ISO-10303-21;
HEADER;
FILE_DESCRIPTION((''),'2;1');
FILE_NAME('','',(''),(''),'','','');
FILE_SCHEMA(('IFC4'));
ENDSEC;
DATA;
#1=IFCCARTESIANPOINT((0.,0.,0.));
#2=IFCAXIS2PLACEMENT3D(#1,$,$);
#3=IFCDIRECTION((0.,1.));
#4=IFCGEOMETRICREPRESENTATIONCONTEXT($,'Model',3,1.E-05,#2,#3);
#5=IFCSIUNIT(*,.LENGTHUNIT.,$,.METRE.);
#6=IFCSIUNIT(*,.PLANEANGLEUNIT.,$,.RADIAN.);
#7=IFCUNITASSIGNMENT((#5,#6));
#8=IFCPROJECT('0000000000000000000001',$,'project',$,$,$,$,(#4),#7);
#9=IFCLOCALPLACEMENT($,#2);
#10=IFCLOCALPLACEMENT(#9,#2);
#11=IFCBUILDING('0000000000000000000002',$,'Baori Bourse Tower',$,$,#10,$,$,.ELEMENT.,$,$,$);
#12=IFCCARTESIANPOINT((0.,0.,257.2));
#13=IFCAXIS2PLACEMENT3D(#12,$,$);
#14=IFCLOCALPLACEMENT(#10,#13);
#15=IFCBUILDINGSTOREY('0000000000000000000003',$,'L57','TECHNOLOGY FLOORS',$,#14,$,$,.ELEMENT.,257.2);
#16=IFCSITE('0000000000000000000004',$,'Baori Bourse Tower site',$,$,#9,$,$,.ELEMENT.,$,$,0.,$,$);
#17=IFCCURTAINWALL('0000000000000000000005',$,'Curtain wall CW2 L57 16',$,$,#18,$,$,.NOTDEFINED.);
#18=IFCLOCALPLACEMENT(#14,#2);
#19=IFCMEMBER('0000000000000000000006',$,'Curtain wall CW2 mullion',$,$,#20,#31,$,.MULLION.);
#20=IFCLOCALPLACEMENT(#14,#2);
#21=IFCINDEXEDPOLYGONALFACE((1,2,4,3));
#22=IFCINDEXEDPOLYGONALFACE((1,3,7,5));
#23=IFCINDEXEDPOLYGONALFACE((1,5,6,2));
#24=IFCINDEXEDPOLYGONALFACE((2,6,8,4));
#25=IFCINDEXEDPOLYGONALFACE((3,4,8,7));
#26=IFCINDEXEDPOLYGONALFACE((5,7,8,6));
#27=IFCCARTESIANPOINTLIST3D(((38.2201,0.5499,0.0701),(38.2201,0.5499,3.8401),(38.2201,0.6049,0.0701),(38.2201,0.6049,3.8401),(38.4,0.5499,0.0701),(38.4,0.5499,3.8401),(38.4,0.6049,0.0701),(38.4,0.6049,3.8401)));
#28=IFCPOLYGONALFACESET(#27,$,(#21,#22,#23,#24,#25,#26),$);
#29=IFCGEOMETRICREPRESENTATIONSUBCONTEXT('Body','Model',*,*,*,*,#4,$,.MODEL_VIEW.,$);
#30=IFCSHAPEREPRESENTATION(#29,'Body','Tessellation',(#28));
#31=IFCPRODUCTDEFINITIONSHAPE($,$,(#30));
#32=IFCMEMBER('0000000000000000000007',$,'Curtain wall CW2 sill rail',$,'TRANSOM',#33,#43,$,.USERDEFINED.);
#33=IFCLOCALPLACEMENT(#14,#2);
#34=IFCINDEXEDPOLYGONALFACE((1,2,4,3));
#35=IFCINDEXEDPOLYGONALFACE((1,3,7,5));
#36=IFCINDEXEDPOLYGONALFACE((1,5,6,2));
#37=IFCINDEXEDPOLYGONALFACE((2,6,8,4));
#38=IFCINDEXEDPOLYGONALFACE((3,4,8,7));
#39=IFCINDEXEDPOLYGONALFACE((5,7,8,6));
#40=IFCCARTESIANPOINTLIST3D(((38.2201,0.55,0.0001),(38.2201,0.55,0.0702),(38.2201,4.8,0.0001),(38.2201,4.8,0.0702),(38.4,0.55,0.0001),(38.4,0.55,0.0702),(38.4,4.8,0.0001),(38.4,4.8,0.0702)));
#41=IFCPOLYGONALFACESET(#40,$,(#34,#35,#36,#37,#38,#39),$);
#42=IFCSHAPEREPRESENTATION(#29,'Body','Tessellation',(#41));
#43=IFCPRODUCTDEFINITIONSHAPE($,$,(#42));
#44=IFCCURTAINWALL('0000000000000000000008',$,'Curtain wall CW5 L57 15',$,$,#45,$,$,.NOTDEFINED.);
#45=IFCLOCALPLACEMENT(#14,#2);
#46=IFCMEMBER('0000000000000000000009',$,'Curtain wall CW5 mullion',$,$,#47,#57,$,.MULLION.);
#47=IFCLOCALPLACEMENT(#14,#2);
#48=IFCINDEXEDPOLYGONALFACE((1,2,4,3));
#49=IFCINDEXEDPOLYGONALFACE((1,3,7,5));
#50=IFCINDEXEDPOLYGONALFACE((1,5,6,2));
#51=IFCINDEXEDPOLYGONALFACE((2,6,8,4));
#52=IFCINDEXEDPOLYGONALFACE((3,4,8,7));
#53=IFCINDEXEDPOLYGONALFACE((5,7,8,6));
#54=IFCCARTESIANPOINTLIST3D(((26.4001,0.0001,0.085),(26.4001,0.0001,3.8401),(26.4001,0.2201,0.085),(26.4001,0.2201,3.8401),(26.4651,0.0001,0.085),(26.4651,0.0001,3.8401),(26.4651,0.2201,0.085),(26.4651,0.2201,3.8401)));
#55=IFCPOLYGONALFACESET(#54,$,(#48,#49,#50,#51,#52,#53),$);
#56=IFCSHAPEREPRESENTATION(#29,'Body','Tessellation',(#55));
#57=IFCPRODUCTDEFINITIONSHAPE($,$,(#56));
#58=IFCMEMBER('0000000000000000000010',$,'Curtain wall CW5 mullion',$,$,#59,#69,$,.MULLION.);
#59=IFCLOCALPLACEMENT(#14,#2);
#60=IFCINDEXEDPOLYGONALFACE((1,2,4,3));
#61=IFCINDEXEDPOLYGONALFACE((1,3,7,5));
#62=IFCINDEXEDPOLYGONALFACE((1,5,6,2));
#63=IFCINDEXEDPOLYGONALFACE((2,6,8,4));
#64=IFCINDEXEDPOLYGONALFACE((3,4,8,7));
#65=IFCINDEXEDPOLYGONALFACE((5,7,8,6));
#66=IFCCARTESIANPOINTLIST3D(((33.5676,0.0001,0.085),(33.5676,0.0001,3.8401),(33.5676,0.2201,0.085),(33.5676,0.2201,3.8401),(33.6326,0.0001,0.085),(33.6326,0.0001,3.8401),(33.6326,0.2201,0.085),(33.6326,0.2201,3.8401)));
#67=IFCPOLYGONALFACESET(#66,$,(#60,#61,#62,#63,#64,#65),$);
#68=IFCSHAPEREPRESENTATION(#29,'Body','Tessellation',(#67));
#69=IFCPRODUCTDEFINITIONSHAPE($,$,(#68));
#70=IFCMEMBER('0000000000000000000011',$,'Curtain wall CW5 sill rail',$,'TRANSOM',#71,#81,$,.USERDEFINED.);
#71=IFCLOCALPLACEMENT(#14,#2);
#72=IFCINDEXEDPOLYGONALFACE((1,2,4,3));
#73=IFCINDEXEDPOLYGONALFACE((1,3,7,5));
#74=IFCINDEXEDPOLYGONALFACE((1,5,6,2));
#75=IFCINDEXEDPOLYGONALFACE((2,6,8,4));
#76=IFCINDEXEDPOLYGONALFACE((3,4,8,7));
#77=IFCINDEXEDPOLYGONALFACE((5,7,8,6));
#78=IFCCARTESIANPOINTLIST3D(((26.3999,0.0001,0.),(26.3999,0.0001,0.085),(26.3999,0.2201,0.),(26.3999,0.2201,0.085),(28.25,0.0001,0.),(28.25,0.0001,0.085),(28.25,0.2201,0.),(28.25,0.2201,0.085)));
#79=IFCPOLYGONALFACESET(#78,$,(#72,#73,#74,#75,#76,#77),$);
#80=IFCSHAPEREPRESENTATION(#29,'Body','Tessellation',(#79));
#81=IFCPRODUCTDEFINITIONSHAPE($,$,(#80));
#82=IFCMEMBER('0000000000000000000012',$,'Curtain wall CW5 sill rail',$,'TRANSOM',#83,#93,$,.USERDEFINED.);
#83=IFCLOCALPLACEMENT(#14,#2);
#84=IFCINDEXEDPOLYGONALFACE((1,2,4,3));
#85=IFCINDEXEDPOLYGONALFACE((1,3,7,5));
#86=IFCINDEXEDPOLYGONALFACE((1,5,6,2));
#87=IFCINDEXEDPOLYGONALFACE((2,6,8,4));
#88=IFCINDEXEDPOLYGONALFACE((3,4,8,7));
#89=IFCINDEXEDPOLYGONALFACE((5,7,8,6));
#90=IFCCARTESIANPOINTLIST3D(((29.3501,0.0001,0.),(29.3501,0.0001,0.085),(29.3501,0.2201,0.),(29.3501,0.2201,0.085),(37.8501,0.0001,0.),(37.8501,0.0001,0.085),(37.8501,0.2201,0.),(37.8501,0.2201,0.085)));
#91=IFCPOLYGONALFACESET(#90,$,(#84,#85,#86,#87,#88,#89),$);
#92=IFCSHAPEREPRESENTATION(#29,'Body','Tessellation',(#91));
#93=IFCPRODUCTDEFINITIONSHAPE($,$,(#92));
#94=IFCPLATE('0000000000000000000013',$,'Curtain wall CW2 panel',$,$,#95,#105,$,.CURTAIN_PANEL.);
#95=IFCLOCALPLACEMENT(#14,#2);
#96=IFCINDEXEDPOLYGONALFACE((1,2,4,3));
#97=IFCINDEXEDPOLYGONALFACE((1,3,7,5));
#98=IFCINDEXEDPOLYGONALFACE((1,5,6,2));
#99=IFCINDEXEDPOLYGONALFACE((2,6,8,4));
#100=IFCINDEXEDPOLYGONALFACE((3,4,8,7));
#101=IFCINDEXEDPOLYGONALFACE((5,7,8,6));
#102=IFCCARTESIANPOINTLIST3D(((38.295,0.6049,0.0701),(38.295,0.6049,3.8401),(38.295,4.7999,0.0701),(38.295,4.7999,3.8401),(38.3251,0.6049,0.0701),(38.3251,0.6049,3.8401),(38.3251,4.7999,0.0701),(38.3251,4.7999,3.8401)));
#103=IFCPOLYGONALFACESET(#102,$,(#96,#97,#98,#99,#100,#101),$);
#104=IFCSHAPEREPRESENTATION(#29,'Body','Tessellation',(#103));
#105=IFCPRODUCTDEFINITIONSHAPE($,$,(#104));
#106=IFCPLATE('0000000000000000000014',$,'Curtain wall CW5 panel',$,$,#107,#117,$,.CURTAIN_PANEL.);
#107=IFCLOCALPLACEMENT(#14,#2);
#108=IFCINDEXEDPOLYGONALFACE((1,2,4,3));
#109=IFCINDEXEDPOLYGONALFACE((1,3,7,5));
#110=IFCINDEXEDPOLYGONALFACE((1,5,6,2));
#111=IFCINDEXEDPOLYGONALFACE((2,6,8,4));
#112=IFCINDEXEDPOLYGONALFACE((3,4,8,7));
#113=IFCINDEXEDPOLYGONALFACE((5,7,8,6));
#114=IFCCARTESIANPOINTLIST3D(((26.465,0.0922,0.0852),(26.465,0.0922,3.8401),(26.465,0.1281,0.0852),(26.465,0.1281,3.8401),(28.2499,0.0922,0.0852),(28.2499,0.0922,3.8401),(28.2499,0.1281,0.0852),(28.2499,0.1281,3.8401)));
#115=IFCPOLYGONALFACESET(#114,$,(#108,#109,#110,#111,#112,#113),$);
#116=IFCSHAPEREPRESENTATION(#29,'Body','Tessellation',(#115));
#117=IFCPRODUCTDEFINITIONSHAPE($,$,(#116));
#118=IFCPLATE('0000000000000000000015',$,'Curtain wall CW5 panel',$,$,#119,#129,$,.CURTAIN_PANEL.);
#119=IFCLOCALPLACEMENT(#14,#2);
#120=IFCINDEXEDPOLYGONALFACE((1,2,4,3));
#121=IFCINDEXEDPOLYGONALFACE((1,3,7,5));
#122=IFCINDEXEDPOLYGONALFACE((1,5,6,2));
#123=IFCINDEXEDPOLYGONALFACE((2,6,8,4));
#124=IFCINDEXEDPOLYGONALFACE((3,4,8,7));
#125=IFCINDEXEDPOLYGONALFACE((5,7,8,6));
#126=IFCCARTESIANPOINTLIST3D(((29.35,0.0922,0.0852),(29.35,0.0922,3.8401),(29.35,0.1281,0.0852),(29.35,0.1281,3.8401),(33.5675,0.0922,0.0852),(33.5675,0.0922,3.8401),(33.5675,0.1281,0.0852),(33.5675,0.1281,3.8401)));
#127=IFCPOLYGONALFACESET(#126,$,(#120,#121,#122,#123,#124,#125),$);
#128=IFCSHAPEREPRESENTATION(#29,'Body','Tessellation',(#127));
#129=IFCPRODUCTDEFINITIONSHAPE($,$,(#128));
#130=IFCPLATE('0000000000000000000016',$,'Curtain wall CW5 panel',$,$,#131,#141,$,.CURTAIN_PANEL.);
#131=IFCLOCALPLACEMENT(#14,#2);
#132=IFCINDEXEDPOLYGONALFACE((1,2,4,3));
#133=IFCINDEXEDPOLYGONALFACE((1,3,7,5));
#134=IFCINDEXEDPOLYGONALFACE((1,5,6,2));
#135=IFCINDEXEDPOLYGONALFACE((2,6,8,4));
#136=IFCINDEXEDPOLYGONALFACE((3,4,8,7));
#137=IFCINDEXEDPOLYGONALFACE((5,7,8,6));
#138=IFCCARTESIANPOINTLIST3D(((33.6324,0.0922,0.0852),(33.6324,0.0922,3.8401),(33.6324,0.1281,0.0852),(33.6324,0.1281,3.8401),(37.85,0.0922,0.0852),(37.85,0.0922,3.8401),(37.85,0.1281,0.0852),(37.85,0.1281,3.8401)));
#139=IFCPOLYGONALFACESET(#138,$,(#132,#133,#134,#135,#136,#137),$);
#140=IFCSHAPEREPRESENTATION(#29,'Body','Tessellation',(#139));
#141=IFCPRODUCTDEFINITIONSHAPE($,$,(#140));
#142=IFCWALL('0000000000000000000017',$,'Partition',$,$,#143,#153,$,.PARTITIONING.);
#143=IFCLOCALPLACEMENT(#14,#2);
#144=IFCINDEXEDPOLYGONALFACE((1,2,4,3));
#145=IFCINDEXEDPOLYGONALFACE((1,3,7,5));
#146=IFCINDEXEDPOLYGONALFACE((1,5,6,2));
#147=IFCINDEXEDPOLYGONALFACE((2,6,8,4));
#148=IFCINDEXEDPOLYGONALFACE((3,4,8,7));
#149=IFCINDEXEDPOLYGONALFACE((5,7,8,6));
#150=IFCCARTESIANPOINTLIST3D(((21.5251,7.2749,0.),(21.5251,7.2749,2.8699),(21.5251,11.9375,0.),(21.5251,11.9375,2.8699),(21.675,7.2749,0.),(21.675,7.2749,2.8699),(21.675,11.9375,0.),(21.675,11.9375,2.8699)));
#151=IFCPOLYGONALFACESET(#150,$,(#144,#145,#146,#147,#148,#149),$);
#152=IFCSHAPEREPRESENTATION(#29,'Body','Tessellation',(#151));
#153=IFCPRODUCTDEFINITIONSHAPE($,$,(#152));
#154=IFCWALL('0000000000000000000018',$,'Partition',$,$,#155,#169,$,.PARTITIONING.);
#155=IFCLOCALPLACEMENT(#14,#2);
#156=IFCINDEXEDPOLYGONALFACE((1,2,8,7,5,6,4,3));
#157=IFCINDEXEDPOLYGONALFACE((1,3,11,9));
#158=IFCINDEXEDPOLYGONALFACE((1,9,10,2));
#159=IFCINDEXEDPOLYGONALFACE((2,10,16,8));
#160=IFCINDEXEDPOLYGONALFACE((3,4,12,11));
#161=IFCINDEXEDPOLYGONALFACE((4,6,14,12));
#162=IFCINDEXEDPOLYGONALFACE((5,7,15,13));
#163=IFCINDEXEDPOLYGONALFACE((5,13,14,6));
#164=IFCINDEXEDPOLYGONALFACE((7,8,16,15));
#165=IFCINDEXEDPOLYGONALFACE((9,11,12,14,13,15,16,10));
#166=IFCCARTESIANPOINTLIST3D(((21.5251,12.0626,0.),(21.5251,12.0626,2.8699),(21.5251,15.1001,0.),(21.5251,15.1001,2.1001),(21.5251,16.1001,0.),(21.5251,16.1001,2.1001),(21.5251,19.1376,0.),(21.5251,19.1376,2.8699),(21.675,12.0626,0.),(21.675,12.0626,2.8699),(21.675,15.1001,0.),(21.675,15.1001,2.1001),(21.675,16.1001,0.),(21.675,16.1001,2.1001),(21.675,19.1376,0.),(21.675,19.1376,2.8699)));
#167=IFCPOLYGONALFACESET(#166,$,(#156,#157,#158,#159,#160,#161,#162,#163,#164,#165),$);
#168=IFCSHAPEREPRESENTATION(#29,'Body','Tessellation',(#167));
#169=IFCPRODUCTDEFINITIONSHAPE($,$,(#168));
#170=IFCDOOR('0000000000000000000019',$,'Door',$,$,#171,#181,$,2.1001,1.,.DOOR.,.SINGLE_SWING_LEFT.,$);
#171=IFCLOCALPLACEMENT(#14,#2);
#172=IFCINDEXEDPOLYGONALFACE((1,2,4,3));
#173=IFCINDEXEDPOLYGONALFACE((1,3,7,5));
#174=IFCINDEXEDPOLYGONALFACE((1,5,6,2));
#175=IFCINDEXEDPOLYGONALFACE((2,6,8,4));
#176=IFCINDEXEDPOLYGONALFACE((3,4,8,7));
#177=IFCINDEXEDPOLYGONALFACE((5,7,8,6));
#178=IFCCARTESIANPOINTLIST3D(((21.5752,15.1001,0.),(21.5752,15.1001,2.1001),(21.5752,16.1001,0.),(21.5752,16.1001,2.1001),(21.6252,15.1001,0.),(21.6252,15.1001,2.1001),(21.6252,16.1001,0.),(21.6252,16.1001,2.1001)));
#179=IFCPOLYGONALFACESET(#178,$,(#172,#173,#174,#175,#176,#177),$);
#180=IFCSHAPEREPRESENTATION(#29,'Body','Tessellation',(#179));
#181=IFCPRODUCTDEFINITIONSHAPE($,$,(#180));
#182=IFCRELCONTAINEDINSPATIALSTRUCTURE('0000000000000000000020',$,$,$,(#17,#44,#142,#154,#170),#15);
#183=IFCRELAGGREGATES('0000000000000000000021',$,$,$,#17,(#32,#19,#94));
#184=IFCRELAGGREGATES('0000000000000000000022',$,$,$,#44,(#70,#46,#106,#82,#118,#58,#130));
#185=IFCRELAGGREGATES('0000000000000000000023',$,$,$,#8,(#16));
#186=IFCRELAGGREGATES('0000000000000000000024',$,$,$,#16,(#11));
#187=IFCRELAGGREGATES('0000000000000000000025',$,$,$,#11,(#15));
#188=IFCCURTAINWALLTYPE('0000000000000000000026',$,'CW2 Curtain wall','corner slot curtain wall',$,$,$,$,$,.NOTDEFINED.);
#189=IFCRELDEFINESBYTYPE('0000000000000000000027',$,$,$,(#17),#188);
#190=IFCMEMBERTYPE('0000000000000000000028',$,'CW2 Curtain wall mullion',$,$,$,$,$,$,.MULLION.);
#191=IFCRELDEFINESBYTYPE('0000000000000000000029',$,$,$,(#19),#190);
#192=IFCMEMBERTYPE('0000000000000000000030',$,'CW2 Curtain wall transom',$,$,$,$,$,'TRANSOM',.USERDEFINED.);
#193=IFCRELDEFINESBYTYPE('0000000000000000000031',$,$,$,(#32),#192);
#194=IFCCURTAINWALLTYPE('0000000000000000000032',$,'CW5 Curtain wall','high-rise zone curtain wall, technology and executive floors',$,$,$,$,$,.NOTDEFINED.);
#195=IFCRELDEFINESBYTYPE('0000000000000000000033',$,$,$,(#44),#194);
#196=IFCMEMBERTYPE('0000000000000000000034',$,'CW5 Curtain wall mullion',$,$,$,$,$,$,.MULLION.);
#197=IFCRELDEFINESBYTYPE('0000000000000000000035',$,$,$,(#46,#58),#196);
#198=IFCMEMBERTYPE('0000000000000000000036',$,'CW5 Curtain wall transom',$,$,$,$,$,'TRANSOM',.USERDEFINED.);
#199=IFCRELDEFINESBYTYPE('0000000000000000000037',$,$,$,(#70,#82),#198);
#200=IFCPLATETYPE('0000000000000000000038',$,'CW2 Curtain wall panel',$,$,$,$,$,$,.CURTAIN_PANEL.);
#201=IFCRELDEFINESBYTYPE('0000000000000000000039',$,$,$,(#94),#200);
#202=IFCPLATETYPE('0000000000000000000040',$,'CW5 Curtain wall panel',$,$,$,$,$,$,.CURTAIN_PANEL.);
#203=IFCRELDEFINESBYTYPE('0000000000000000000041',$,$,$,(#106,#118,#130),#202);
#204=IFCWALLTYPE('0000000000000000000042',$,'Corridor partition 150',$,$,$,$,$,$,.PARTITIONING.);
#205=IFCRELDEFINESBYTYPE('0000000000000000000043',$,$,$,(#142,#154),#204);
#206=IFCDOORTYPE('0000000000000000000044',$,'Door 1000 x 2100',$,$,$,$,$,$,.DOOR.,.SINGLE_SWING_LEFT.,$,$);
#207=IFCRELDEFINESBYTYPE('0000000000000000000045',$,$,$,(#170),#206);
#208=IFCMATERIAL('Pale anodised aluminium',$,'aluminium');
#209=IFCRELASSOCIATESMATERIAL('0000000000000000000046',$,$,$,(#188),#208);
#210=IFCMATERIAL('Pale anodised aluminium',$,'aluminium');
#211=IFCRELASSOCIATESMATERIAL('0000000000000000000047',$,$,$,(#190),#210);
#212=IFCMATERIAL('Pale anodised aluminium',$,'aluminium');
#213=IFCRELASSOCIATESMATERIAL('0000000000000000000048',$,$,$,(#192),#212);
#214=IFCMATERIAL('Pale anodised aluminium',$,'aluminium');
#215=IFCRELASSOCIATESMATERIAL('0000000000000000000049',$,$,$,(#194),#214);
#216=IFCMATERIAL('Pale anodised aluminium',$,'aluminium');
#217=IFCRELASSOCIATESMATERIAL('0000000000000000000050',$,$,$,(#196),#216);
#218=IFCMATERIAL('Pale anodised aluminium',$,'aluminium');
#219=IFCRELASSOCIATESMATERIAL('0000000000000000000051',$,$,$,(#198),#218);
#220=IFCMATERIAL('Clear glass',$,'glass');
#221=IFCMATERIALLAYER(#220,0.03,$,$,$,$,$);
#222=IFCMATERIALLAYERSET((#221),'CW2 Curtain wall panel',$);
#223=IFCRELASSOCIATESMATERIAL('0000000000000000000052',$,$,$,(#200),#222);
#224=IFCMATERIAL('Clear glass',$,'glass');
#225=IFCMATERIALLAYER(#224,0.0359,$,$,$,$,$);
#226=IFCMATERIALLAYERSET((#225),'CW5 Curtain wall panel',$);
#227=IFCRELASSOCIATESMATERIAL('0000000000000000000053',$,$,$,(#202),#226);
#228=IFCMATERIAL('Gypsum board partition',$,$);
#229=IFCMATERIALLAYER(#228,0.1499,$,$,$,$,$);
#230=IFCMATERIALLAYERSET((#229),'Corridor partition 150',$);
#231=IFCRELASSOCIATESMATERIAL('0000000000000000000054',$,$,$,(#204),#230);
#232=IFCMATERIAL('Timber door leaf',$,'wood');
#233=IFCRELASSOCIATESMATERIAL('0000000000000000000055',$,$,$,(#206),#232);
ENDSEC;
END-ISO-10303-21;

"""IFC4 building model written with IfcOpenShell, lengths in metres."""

from ifc_helpers import new_model, si_unit, direction, frame, frame_2d, origin, origin_2d, place, context, subcontext, project, spatial, rectangle, extrude, material, layer, layer_set, material_profile, profile_set, type_object, element, fill, aggregate, save


model = new_model("IFC4")

# Units and contexts
model_context = context("Model", 3, precision=1e-05, world=origin(), true_north=direction((0.0, 1.0)))
body_context = subcontext(model_context, "Body", "Model", "MODEL_VIEW")
ifc_project = project(units=[si_unit("LENGTHUNIT", "METRE"), si_unit("PLANEANGLEUNIT", "RADIAN")], contexts=[model_context])

# Site, building, storey
site_placement = place(None, origin())
site = spatial("IfcSite", under=ifc_project, at=site_placement, Name="Baori Bourse Tower site", CompositionType="ELEMENT", RefElevation=0.0)
building_placement = place(site_placement, origin())
building = spatial("IfcBuilding", under=site, at=building_placement, Name="Baori Bourse Tower", CompositionType="ELEMENT")
storey_placement = place(building_placement, frame((0.0, 0.0, 257.2)))
storey = spatial("IfcBuildingStorey", under=building, at=storey_placement, Name="L57", Description="TECHNOLOGY FLOORS", CompositionType="ELEMENT", Elevation=257.2)

# Curtain walls, members
ifc_material_1 = material(Name="Pale anodised aluminium", Category="aluminium")
curtain_wall_type_1 = type_object("IfcCurtainWallType", Name="CW2 Curtain wall", Description="corner slot curtain wall", PredefinedType="NOTDEFINED", material=ifc_material_1)
curtain_wall_1_placement = place(storey_placement, origin())
curtain_wall_1 = element("IfcCurtainWall", 1, at=curtain_wall_1_placement, inside=storey, type_object=curtain_wall_type_1, Name="Curtain wall CW2 L57 16", PredefinedType="NOTDEFINED")
ifc_material_2 = material(Name="Pale anodised aluminium", Category="aluminium")
ifc_material_profile_1 = material_profile(ifc_material_2, rectangle(XDim=0.1799, YDim=0.0549, at=origin_2d()), Name="Mullion 55x180")
ifc_profile_set_1 = profile_set([ifc_material_profile_1], Name="Pale anodised aluminium")
member_type_1 = type_object("IfcMemberType", Name="CW2 Curtain wall mullion", PredefinedType="MULLION", material=ifc_profile_set_1)
member_1_placement = place(storey_placement, frame((38.3101, 0.5774, 0.0701), z_axis=(0.0, 0.0, 1.0), x_axis=(-1.0, 0.0, 0.0)))
member_1 = element("IfcMember", 2, at=member_1_placement, type_object=member_type_1, Name="Curtain wall CW2 mullion", PredefinedType="MULLION", context=body_context, shape_type="SweptSolid", body=[
    extrude(rectangle(XDim=0.1799, YDim=0.0549, at=origin_2d()), origin(), (0.0, 0.0, 1.0), 3.77),
])
ifc_material_3 = material(Name="Pale anodised aluminium", Category="aluminium")
ifc_material_profile_2 = material_profile(ifc_material_3, rectangle(XDim=0.1799, YDim=0.0701, at=origin_2d()), Name="Transom 70x180")
ifc_profile_set_2 = profile_set([ifc_material_profile_2], Name="Pale anodised aluminium")
member_type_2 = type_object("IfcMemberType", Name="CW2 Curtain wall transom", ElementType="TRANSOM", PredefinedType="USERDEFINED", material=ifc_profile_set_2)
member_2_placement = place(storey_placement, frame((38.3101, 0.55, 0.0352), z_axis=(0.0, 1.0, 0.0), x_axis=(-1.0, 0.0, 0.0)))
member_2 = element("IfcMember", 3, at=member_2_placement, type_object=member_type_2, Name="Curtain wall CW2 sill rail", ObjectType="TRANSOM", PredefinedType="USERDEFINED", context=body_context, shape_type="SweptSolid", body=[
    extrude(rectangle(XDim=0.1799, YDim=0.0701, at=origin_2d()), origin(), (0.0, 0.0, 1.0), 4.25),
])
ifc_material_4 = material(Name="Pale anodised aluminium", Category="aluminium")
curtain_wall_type_2 = type_object("IfcCurtainWallType", Name="CW5 Curtain wall", Description="high-rise zone curtain wall, technology and executive floors", PredefinedType="NOTDEFINED", material=ifc_material_4)
curtain_wall_2_placement = place(storey_placement, origin())
curtain_wall_2 = element("IfcCurtainWall", 4, at=curtain_wall_2_placement, inside=storey, type_object=curtain_wall_type_2, Name="Curtain wall CW5 L57 15", PredefinedType="NOTDEFINED")
ifc_material_5 = material(Name="Pale anodised aluminium", Category="aluminium")
ifc_material_profile_3 = material_profile(ifc_material_5, rectangle(XDim=0.22, YDim=0.0649, at=origin_2d()), Name="Mullion 65x220")
ifc_profile_set_3 = profile_set([ifc_material_profile_3], Name="Pale anodised aluminium")
member_type_3 = type_object("IfcMemberType", Name="CW5 Curtain wall mullion", PredefinedType="MULLION", material=ifc_profile_set_3)
member_3_placement = place(storey_placement, frame((26.4326, 0.1101, 0.085), z_axis=(0.0, 0.0, 1.0), x_axis=(0.0, 1.0, 0.0)))
member_3 = element("IfcMember", 5, at=member_3_placement, type_object=member_type_3, Name="Curtain wall CW5 mullion", PredefinedType="MULLION", context=body_context, shape_type="SweptSolid", body=[
    extrude(rectangle(XDim=0.22, YDim=0.0649, at=origin_2d()), origin(), (0.0, 0.0, 1.0), 3.7551),
])
member_4_placement = place(storey_placement, frame((33.6001, 0.1101, 0.085), z_axis=(0.0, 0.0, 1.0), x_axis=(0.0, 1.0, 0.0)))
member_4 = element("IfcMember", 6, at=member_4_placement, type_object=member_type_3, Name="Curtain wall CW5 mullion", PredefinedType="MULLION", context=body_context, shape_type="SweptSolid", body=[
    extrude(rectangle(XDim=0.22, YDim=0.0649, at=origin_2d()), origin(), (0.0, 0.0, 1.0), 3.7551),
])
ifc_material_6 = material(Name="Pale anodised aluminium", Category="aluminium")
ifc_material_profile_4 = material_profile(ifc_material_6, rectangle(XDim=0.22, YDim=0.085, at=origin_2d()), Name="Transom 85x220")
ifc_profile_set_4 = profile_set([ifc_material_profile_4], Name="Pale anodised aluminium")
member_type_4 = type_object("IfcMemberType", Name="CW5 Curtain wall transom", ElementType="TRANSOM", PredefinedType="USERDEFINED", material=ifc_profile_set_4)
member_5_placement = place(storey_placement, frame((26.3999, 0.1101, 0.0425), z_axis=(1.0, 0.0, 0.0), x_axis=(0.0, 1.0, 0.0)))
member_5 = element("IfcMember", 7, at=member_5_placement, type_object=member_type_4, Name="Curtain wall CW5 sill rail", ObjectType="TRANSOM", PredefinedType="USERDEFINED", context=body_context, shape_type="SweptSolid", body=[
    extrude(rectangle(XDim=0.22, YDim=0.085, at=origin_2d()), origin(), (0.0, 0.0, 1.0), 1.8501),
])
member_6_placement = place(storey_placement, frame((29.3501, 0.1101, 0.0425), z_axis=(1.0, 0.0, 0.0), x_axis=(0.0, 1.0, 0.0)))
member_6 = element("IfcMember", 8, at=member_6_placement, type_object=member_type_4, Name="Curtain wall CW5 sill rail", ObjectType="TRANSOM", PredefinedType="USERDEFINED", context=body_context, shape_type="SweptSolid", body=[
    extrude(rectangle(XDim=0.22, YDim=0.085, at=origin_2d()), origin(), (0.0, 0.0, 1.0), 8.5),
])

# Plates
ifc_material_7 = material(Name="Clear glass", Category="glass")
ifc_layer_1 = layer(ifc_material_7, 0.03)
ifc_layer_set_1 = layer_set([ifc_layer_1], Name="CW2 Curtain wall panel")
plate_type_1 = type_object("IfcPlateType", Name="CW2 Curtain wall panel", PredefinedType="CURTAIN_PANEL", material=ifc_layer_set_1)
plate_1_placement = place(storey_placement, frame((38.3101, 2.7024, 0.0701), z_axis=(0.0, 0.0, 1.0), x_axis=(0.0, 1.0, 0.0)))
plate_1 = element("IfcPlate", 9, at=plate_1_placement, type_object=plate_type_1, Name="Curtain wall CW2 panel", PredefinedType="CURTAIN_PANEL", context=body_context, shape_type="SweptSolid", body=[
    extrude(rectangle(XDim=4.1951, YDim=0.03, at=origin_2d()), origin(), (0.0, 0.0, 1.0), 3.77),
])
aggregate(curtain_wall_1, [member_2, member_1, plate_1])
ifc_material_8 = material(Name="Clear glass", Category="glass")
ifc_layer_2 = layer(ifc_material_8, 0.0359)
ifc_layer_set_2 = layer_set([ifc_layer_2], Name="CW5 Curtain wall panel")
plate_type_2 = type_object("IfcPlateType", Name="CW5 Curtain wall panel", PredefinedType="CURTAIN_PANEL", material=ifc_layer_set_2)
plate_2_placement = place(storey_placement, frame((27.3574, 0.1101, 0.0852), z_axis=(0.0, 0.0, 1.0), x_axis=(1.0, 0.0, 0.0)))
plate_2 = element("IfcPlate", 10, at=plate_2_placement, type_object=plate_type_2, Name="Curtain wall CW5 panel", PredefinedType="CURTAIN_PANEL", context=body_context, shape_type="SweptSolid", body=[
    extrude(rectangle(XDim=1.7849, YDim=0.0359, at=origin_2d()), origin(), (0.0, 0.0, 1.0), 3.7549),
])
plate_3_placement = place(storey_placement, frame((31.4587, 0.1101, 0.0852), z_axis=(0.0, 0.0, 1.0), x_axis=(1.0, 0.0, 0.0)))
plate_3 = element("IfcPlate", 11, at=plate_3_placement, type_object=plate_type_2, Name="Curtain wall CW5 panel", PredefinedType="CURTAIN_PANEL", context=body_context, shape_type="SweptSolid", body=[
    extrude(rectangle(XDim=4.2175, YDim=0.0359, at=origin_2d()), origin(), (0.0, 0.0, 1.0), 3.7549),
])
plate_4_placement = place(storey_placement, frame((35.7412, 0.1101, 0.0852), z_axis=(0.0, 0.0, 1.0), x_axis=(1.0, 0.0, 0.0)))
plate_4 = element("IfcPlate", 12, at=plate_4_placement, type_object=plate_type_2, Name="Curtain wall CW5 panel", PredefinedType="CURTAIN_PANEL", context=body_context, shape_type="SweptSolid", body=[
    extrude(rectangle(XDim=4.2175, YDim=0.0359, at=origin_2d()), origin(), (0.0, 0.0, 1.0), 3.7549),
])
aggregate(curtain_wall_2, [member_5, member_3, plate_2, member_6, plate_3, member_4, plate_4])

# Wall
ifc_material_9 = material(Name="Gypsum board partition")
ifc_layer_3 = layer(ifc_material_9, 0.1499)
ifc_layer_set_3 = layer_set([ifc_layer_3], Name="Corridor partition 150")
wall_type_1 = type_object("IfcWallType", Name="Corridor partition 150", PredefinedType="PARTITIONING", material=ifc_layer_set_3)
wall_1_placement = place(storey_placement, frame((21.6001, 7.2749, 0.0), z_axis=(0.0, 0.0, 1.0), x_axis=(0.0, 1.0, 0.0)))
element("IfcWall", 13, at=wall_1_placement, inside=storey, type_object=wall_type_1, Name="Partition", PredefinedType="PARTITIONING", context=body_context, shape_type="SweptSolid", body=[
    extrude(rectangle(XDim=4.6626, YDim=0.1499, at=frame_2d((2.3313, 0.0))), origin(), (0.0, 0.0, 1.0), 2.8699),
])

# Wall, opening, door
wall_2_placement = place(storey_placement, frame((21.6001, 12.0625, 0.0), z_axis=(0.0, 0.0, 1.0), x_axis=(0.0, 1.0, 0.0)))
wall_2 = element("IfcWall", 14, at=wall_2_placement, inside=storey, type_object=wall_type_1, Name="Partition", PredefinedType="PARTITIONING", context=body_context, shape_type="SweptSolid", body=[
    extrude(rectangle(XDim=7.075, YDim=0.1499, at=frame_2d((3.5376, 0.0))), origin(), (0.0, 0.0, 1.0), 2.8699),
])
opening_1_placement = place(wall_2_placement, frame((3.0376, 0.0, 0.0)))
opening_1 = element("IfcOpeningElement", 15, at=opening_1_placement, cuts=wall_2, PredefinedType="OPENING", context=body_context, shape_type="SweptSolid", body=[
    extrude(rectangle(XDim=1.0, YDim=2.1001, at=frame_2d((0.5, 1.05))), frame((0.0, 0.085, 0.0), z_axis=(0.0, -1.0, 0.0), x_axis=(1.0, 0.0, 0.0)), (0.0, 0.0, 1.0), 0.1699),
])
ifc_material_10 = material(Name="Timber door leaf", Category="wood")
door_type = type_object("IfcDoorType", Name="Door 1000 x 2100", OperationType="SINGLE_SWING_LEFT", PredefinedType="DOOR", material=ifc_material_10)
door_1_placement = place(opening_1_placement, origin())
door_1 = element("IfcDoor", 16, at=door_1_placement, inside=storey, type_object=door_type, Name="Door", OperationType="SINGLE_SWING_LEFT", OverallHeight=2.1001, OverallWidth=1.0, PredefinedType="DOOR", context=body_context, shape_type="SweptSolid", body=[
    extrude(rectangle(XDim=1.0, YDim=2.1001, at=frame_2d((0.5, 1.05))), frame((0.0, 0.0249, 0.0), z_axis=(0.0, -1.0, 0.0), x_axis=(1.0, 0.0, 0.0)), (0.0, 0.0, 1.0), 0.05),
])
fill(opening_1, door_1)

save(model, "model.ifc")
